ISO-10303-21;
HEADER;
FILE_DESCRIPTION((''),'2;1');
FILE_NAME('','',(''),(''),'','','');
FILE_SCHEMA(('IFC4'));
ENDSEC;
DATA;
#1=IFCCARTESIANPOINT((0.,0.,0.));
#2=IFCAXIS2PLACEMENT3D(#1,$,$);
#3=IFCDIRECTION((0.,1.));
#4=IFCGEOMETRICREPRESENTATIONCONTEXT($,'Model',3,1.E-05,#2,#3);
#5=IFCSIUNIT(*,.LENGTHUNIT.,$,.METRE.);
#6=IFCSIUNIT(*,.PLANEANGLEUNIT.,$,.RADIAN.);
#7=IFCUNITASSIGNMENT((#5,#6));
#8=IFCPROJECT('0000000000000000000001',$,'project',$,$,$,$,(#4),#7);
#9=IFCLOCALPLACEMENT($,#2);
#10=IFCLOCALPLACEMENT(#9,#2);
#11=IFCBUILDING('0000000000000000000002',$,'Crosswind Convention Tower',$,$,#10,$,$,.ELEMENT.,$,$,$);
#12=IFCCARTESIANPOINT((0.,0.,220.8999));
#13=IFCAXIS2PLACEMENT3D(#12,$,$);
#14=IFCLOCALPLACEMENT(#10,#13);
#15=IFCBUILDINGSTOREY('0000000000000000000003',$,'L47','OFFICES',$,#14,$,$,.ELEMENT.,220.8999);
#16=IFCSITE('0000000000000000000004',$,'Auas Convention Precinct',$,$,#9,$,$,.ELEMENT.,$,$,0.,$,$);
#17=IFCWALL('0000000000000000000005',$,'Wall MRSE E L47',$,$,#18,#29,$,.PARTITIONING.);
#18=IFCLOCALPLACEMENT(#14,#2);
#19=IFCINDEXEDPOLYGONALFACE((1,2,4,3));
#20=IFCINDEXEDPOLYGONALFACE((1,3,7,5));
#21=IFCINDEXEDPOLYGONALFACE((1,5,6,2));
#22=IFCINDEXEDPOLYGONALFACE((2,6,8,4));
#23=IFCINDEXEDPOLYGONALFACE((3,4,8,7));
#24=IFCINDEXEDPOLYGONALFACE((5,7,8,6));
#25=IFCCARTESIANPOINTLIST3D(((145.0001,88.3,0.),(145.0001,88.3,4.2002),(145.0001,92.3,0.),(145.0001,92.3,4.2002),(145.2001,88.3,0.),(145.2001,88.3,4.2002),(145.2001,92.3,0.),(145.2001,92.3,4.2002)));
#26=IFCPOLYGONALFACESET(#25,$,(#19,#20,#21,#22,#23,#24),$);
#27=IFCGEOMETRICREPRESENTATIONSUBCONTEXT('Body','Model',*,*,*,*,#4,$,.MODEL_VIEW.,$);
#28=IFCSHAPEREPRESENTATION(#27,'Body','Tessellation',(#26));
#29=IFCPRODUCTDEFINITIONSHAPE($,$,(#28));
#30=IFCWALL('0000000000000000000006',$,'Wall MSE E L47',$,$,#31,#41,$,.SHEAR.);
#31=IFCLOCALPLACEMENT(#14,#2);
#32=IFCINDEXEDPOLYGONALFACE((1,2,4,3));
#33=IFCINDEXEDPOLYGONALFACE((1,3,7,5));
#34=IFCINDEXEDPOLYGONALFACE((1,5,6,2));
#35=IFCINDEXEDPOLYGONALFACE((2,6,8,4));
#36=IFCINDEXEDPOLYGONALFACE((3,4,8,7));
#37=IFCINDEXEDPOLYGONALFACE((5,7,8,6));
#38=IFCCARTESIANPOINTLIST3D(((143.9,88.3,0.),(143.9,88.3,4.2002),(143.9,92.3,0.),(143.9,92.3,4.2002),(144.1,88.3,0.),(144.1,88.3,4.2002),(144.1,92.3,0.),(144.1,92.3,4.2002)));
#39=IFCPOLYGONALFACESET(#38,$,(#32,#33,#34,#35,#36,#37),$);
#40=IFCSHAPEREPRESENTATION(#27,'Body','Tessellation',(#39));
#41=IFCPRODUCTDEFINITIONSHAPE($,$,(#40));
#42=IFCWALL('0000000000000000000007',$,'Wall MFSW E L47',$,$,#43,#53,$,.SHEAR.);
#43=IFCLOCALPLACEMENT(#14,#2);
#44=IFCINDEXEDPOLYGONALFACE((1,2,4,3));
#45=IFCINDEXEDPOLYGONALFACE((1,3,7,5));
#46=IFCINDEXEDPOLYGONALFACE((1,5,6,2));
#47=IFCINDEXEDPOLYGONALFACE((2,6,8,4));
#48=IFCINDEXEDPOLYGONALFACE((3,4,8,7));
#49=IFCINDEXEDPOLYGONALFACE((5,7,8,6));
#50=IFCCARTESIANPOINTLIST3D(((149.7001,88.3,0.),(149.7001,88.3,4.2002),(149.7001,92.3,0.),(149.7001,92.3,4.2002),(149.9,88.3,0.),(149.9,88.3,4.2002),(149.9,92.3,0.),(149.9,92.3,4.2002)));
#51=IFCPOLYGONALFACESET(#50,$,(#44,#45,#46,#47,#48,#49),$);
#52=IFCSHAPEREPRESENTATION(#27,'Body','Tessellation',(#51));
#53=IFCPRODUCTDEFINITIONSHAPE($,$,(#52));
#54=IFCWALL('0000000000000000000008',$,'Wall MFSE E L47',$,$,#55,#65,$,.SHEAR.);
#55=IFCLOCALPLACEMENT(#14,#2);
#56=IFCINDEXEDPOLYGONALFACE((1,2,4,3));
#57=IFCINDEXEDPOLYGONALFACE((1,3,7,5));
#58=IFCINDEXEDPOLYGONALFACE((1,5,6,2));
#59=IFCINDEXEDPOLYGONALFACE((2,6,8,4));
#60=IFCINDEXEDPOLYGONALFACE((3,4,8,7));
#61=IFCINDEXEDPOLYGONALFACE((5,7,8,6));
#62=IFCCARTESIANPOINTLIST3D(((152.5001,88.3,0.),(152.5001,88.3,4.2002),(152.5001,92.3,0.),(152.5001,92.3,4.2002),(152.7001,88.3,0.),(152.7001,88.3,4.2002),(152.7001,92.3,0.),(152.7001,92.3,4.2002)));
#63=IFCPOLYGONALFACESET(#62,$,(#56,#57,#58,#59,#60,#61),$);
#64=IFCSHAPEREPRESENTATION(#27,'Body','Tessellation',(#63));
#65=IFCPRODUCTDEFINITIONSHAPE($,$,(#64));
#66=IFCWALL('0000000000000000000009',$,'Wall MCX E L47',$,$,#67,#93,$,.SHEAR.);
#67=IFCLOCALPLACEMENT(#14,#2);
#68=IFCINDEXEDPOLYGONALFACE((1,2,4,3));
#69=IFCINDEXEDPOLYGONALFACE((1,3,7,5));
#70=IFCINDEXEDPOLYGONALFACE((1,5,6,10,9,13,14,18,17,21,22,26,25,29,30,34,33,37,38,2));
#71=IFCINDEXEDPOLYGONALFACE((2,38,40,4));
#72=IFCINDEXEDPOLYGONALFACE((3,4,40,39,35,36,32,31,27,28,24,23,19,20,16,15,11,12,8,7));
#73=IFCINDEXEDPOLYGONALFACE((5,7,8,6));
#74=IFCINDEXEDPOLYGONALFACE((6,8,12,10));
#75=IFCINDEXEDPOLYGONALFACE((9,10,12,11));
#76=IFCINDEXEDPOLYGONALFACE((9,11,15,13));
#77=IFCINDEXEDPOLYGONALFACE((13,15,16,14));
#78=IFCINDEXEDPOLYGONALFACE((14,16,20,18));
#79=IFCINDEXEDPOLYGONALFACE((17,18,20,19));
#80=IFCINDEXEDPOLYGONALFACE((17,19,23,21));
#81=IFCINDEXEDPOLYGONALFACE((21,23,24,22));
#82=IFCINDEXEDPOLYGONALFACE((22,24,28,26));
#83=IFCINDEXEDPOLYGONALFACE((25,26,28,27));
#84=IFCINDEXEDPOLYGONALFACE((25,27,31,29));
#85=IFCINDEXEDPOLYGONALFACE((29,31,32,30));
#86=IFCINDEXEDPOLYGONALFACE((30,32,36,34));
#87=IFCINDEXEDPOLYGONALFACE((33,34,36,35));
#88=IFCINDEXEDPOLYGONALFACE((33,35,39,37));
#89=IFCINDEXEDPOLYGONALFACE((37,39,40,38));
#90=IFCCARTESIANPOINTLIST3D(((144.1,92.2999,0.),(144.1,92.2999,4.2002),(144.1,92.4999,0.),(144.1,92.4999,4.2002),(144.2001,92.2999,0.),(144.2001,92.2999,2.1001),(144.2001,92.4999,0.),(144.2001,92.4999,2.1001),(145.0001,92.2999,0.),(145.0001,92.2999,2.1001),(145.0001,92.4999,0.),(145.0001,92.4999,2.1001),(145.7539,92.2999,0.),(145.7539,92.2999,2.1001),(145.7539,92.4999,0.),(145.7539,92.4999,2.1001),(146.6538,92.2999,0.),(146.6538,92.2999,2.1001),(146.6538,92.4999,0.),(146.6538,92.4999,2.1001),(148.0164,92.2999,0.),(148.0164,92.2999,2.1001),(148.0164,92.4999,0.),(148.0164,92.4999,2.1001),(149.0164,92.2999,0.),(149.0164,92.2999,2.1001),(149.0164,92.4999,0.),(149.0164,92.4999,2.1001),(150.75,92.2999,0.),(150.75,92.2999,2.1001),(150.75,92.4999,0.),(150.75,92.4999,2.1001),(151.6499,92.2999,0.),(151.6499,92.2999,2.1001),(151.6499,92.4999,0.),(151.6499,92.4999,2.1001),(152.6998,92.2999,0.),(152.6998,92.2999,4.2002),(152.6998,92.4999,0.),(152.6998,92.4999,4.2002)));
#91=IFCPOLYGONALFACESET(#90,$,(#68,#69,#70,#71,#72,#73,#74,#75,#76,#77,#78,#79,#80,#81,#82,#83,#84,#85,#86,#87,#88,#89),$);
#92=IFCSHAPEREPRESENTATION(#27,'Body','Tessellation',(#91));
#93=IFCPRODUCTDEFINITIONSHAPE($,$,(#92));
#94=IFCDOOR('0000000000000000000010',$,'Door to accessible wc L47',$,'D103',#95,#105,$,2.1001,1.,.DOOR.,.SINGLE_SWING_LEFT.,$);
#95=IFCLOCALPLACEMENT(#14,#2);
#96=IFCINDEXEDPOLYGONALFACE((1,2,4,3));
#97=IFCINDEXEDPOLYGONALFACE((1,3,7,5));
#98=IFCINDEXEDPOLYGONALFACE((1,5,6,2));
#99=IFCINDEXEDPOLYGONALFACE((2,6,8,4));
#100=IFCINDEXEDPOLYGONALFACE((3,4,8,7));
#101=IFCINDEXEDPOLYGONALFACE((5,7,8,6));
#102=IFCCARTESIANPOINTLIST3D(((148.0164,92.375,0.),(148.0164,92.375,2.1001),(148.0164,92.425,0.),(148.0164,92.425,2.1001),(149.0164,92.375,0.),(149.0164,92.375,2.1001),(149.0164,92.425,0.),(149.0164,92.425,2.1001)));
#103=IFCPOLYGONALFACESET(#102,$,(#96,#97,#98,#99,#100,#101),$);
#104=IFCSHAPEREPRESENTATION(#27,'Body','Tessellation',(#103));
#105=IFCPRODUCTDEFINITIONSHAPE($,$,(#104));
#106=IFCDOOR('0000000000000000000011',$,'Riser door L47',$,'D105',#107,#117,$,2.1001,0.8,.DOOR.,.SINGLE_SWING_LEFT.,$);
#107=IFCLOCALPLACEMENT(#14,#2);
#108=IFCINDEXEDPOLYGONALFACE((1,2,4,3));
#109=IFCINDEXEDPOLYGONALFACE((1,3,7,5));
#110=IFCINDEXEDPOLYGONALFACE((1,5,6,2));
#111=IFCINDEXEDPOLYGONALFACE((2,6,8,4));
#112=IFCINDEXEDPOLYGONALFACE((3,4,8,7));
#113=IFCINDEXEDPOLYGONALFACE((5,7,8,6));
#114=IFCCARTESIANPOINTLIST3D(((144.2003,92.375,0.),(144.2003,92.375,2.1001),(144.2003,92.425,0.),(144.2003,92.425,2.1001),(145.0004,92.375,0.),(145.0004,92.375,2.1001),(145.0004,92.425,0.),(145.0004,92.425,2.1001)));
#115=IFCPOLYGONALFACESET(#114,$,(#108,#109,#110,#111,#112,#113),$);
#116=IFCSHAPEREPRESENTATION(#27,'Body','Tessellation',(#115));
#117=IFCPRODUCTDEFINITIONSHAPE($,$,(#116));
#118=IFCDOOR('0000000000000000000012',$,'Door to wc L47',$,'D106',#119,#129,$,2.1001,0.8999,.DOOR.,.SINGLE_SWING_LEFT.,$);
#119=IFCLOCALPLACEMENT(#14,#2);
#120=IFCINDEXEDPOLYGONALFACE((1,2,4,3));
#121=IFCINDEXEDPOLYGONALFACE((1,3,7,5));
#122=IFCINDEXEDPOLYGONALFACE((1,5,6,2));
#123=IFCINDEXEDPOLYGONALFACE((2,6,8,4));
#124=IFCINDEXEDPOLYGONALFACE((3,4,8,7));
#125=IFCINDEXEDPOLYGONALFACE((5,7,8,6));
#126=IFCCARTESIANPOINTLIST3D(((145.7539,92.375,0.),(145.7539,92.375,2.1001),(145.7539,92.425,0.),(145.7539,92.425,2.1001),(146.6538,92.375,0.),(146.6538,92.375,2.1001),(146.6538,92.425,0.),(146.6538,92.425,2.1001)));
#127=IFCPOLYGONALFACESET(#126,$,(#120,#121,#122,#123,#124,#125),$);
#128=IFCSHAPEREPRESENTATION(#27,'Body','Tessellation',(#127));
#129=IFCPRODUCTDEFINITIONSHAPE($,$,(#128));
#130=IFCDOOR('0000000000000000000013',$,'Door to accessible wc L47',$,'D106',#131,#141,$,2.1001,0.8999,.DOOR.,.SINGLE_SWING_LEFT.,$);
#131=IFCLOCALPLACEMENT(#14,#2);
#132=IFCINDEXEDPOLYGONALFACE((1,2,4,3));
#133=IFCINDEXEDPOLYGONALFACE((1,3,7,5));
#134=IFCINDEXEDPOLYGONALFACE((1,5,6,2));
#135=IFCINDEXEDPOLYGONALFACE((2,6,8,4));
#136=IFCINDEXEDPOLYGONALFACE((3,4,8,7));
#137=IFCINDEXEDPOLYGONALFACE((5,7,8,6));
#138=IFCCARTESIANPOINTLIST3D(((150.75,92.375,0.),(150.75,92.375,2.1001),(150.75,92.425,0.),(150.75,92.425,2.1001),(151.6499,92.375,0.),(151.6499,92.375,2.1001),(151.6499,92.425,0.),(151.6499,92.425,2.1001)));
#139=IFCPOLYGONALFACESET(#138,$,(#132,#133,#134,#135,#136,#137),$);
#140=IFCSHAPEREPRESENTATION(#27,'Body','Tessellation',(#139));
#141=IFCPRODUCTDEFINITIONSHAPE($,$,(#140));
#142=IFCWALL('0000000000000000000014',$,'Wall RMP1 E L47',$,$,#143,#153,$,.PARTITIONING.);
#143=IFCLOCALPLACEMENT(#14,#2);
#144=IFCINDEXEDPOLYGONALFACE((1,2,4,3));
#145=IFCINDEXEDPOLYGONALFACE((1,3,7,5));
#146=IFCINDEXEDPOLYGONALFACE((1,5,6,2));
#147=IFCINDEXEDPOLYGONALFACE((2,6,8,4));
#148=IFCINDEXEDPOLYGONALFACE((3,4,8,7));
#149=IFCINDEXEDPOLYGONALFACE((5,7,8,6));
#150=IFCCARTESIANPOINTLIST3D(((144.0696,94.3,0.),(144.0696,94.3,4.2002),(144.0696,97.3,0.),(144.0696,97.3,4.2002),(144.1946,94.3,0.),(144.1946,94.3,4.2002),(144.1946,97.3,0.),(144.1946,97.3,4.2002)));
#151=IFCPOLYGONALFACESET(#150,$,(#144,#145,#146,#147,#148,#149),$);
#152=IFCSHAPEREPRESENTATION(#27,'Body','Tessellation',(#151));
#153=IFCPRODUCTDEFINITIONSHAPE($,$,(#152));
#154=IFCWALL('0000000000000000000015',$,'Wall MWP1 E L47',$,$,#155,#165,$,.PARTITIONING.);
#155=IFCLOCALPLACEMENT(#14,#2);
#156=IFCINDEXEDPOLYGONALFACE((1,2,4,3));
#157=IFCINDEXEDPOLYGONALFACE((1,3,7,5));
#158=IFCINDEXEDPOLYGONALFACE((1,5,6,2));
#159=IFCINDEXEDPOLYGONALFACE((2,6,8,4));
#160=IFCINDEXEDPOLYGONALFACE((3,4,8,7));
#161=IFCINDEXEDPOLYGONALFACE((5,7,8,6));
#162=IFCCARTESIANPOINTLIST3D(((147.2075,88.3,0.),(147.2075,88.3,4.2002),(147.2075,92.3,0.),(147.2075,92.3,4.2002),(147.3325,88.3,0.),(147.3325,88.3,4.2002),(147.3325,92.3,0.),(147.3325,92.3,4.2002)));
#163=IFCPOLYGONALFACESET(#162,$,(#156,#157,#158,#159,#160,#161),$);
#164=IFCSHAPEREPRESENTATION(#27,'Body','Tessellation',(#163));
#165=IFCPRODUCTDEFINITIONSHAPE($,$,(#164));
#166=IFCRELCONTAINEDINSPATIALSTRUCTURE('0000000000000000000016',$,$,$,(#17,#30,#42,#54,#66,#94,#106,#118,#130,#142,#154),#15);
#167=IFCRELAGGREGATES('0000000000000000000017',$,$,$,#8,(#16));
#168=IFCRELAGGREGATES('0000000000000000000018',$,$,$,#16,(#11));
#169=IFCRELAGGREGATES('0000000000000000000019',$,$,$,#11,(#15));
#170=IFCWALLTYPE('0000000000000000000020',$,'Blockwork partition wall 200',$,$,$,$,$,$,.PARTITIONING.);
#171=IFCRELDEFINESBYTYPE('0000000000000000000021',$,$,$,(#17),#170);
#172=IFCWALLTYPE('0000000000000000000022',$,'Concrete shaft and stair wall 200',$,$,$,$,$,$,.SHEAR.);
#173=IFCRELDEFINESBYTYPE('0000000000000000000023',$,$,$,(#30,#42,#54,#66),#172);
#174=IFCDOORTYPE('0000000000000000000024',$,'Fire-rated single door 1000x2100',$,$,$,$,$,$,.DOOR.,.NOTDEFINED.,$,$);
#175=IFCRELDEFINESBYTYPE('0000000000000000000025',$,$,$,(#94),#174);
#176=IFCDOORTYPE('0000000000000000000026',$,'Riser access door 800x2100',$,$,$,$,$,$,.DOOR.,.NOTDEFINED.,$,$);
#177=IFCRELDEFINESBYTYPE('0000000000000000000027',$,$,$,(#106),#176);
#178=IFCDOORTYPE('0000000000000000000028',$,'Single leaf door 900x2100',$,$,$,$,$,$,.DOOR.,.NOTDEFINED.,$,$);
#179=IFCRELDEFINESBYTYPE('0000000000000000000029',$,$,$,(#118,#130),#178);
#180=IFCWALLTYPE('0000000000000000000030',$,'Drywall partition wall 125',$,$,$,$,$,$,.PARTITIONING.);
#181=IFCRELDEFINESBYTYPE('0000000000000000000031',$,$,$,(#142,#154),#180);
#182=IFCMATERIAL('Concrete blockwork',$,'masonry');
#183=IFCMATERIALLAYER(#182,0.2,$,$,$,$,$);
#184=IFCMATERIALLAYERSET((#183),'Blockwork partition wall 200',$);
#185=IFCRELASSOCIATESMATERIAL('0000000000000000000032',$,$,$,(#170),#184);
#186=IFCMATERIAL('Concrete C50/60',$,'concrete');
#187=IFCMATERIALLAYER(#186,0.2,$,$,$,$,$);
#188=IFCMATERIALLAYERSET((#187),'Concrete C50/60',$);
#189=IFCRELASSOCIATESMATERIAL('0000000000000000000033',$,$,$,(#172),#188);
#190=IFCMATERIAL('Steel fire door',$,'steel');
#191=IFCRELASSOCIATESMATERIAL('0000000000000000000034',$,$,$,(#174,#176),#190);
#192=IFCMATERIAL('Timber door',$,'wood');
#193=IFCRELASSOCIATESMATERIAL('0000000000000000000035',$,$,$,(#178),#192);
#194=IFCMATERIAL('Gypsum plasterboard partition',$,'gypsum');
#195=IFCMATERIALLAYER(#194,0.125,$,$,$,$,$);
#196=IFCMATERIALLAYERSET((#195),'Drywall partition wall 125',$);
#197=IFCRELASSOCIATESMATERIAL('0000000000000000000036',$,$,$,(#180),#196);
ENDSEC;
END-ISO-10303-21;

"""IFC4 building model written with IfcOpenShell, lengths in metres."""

from ifc_helpers import new_model, si_unit, direction, frame, frame_2d, origin, place, context, subcontext, project, spatial, rectangle, extrude, material, layer, layer_set, type_object, element, fill, save


model = new_model("IFC4")

# Units and contexts
model_context = context("Model", 3, precision=1e-05, world=origin(), true_north=direction((0.0, 1.0)))
body_context = subcontext(model_context, "Body", "Model", "MODEL_VIEW")
ifc_project = project(units=[si_unit("LENGTHUNIT", "METRE"), si_unit("PLANEANGLEUNIT", "RADIAN")], contexts=[model_context])

# Site, building, storey
site_placement = place(None, origin())
site = spatial("IfcSite", under=ifc_project, at=site_placement, Name="Auas Convention Precinct", CompositionType="ELEMENT", RefElevation=0.0)
building_placement = place(site_placement, origin())
building = spatial("IfcBuilding", under=site, at=building_placement, Name="Crosswind Convention Tower", CompositionType="ELEMENT")
storey_placement = place(building_placement, frame((0.0, 0.0, 220.8999)))
storey = spatial("IfcBuildingStorey", under=building, at=storey_placement, Name="L47", Description="OFFICES", CompositionType="ELEMENT", Elevation=220.8999)

# Walls
ifc_material_1 = material(Name="Concrete blockwork", Category="masonry")
ifc_layer_1 = layer(ifc_material_1, 0.2)
ifc_layer_set_1 = layer_set([ifc_layer_1], Name="Blockwork partition wall 200")
wall_type_1 = type_object("IfcWallType", Name="Blockwork partition wall 200", PredefinedType="PARTITIONING", material=ifc_layer_set_1)
wall_1_placement = place(storey_placement, frame((145.1001, 88.3, 0.0), z_axis=(0.0, 0.0, 1.0), x_axis=(0.0, 1.0, 0.0)))
element("IfcWall", 1, at=wall_1_placement, inside=storey, type_object=wall_type_1, Name="Wall MRSE E L47", PredefinedType="PARTITIONING", context=body_context, shape_type="SweptSolid", body=[
    extrude(rectangle(XDim=4.0, YDim=0.2, at=frame_2d((2.0, 0.0))), origin(), (0.0, 0.0, 1.0), 4.2002),
])
ifc_material_2 = material(Name="Concrete C50/60", Category="concrete")
ifc_layer_2 = layer(ifc_material_2, 0.2)
ifc_layer_set_2 = layer_set([ifc_layer_2], Name="Concrete C50/60")
wall_type_2 = type_object("IfcWallType", Name="Concrete shaft and stair wall 200", PredefinedType="SHEAR", material=ifc_layer_set_2)
for number, where, z_axis, x_axis, name in (
    (2, (144.0, 88.3, 0.0), (0.0, 0.0, 1.0), (0.0, 1.0, 0.0), "Wall MSE E L47"),
    (3, (149.8, 88.3, 0.0), (0.0, 0.0, 1.0), (0.0, 1.0, 0.0), "Wall MFSW E L47"),
    (4, (152.6001, 88.3, 0.0), (0.0, 0.0, 1.0), (0.0, 1.0, 0.0), "Wall MFSE E L47"),
):
    element("IfcWall", number, at=place(storey_placement, frame(where, z_axis=z_axis, x_axis=x_axis)), inside=storey, type_object=wall_type_2, Name=name, PredefinedType="SHEAR", context=body_context, shape_type="SweptSolid", body=[
        extrude(rectangle(XDim=4.0, YDim=0.2, at=frame_2d((2.0, 0.0))), origin(), (0.0, 0.0, 1.0), 4.2002),
    ])

# Wall, openings, doors
wall_2_placement = place(storey_placement, frame((144.1001, 92.3999, 0.0), z_axis=(0.0, 0.0, 1.0), x_axis=(1.0, 0.0, 0.0)))
wall_2 = element("IfcWall", 5, at=wall_2_placement, inside=storey, type_object=wall_type_2, Name="Wall MCX E L47", PredefinedType="SHEAR", context=body_context, shape_type="SweptSolid", body=[
    extrude(rectangle(XDim=8.5999, YDim=0.2, at=frame_2d((4.2998, 0.0))), origin(), (0.0, 0.0, 1.0), 4.2002),
])
opening_1_placement = place(wall_2_placement, frame((0.1001, 0.0, 0.0)))
opening_1 = element("IfcOpeningElement", 6, at=opening_1_placement, cuts=wall_2, PredefinedType="OPENING", context=body_context, shape_type="SweptSolid", body=[
    extrude(rectangle(XDim=0.8, YDim=2.1001, at=frame_2d((0.3999, 1.05))), frame((0.0, 0.1099, 0.0), z_axis=(0.0, -1.0, 0.0), x_axis=(1.0, 0.0, 0.0)), (0.0, 0.0, 1.0), 0.22),
])
opening_2_placement = place(wall_2_placement, frame((1.6538, 0.0, 0.0)))
opening_2 = element("IfcOpeningElement", 7, at=opening_2_placement, cuts=wall_2, PredefinedType="OPENING", context=body_context, shape_type="SweptSolid", body=[
    extrude(rectangle(XDim=0.8999, YDim=2.1001, at=frame_2d((0.45, 1.05))), frame((0.0, 0.1099, 0.0), z_axis=(0.0, -1.0, 0.0), x_axis=(1.0, 0.0, 0.0)), (0.0, 0.0, 1.0), 0.22),
])
opening_3_placement = place(wall_2_placement, frame((3.9163, 0.0, 0.0)))
opening_3 = element("IfcOpeningElement", 8, at=opening_3_placement, cuts=wall_2, PredefinedType="OPENING", context=body_context, shape_type="SweptSolid", body=[
    extrude(rectangle(XDim=1.0, YDim=2.1001, at=frame_2d((0.5, 1.05))), frame((0.0, 0.1099, 0.0), z_axis=(0.0, -1.0, 0.0), x_axis=(1.0, 0.0, 0.0)), (0.0, 0.0, 1.0), 0.22),
])
opening_4_placement = place(wall_2_placement, frame((6.6499, 0.0, 0.0)))
opening_4 = element("IfcOpeningElement", 9, at=opening_4_placement, cuts=wall_2, PredefinedType="OPENING", context=body_context, shape_type="SweptSolid", body=[
    extrude(rectangle(XDim=0.8999, YDim=2.1001, at=frame_2d((0.45, 1.05))), frame((0.0, 0.1099, 0.0), z_axis=(0.0, -1.0, 0.0), x_axis=(1.0, 0.0, 0.0)), (0.0, 0.0, 1.0), 0.22),
])
ifc_material_3 = material(Name="Steel fire door", Category="steel")
door_type_1 = type_object("IfcDoorType", Name="Fire-rated single door 1000x2100", OperationType="NOTDEFINED", PredefinedType="DOOR", material=ifc_material_3)
door_1_placement = place(opening_3_placement, frame((1.0, 0.0, 0.0), z_axis=(0.0, 0.0, 1.0), x_axis=(-1.0, 0.0, 0.0)))
door_1 = element("IfcDoor", 10, at=door_1_placement, inside=storey, type_object=door_type_1, Name="Door to accessible wc L47", ObjectType="D103", OperationType="SINGLE_SWING_LEFT", OverallHeight=2.1001, OverallWidth=1.0, PredefinedType="DOOR", context=body_context, shape_type="SweptSolid", body=[
    extrude(rectangle(XDim=1.0, YDim=2.1001, at=frame_2d((0.5, 1.05))), frame((0.0, 0.0249, 0.0), z_axis=(0.0, -1.0, 0.0), x_axis=(1.0, 0.0, 0.0)), (0.0, 0.0, 1.0), 0.05),
])
fill(opening_3, door_1)
door_type_2 = type_object("IfcDoorType", Name="Riser access door 800x2100", OperationType="NOTDEFINED", PredefinedType="DOOR", material=ifc_material_3)
door_2_placement = place(opening_1_placement, frame((0.8, 0.0, 0.0), z_axis=(0.0, 0.0, 1.0), x_axis=(-1.0, 0.0, 0.0)))
door_2 = element("IfcDoor", 11, at=door_2_placement, inside=storey, type_object=door_type_2, Name="Riser door L47", ObjectType="D105", OperationType="SINGLE_SWING_LEFT", OverallHeight=2.1001, OverallWidth=0.8, PredefinedType="DOOR", context=body_context, shape_type="SweptSolid", body=[
    extrude(rectangle(XDim=0.8, YDim=2.1001, at=frame_2d((0.3999, 1.05))), frame((0.0, 0.0249, 0.0), z_axis=(0.0, -1.0, 0.0), x_axis=(1.0, 0.0, 0.0)), (0.0, 0.0, 1.0), 0.05),
])
fill(opening_1, door_2)
ifc_material_4 = material(Name="Timber door", Category="wood")
door_type_3 = type_object("IfcDoorType", Name="Single leaf door 900x2100", OperationType="NOTDEFINED", PredefinedType="DOOR", material=ifc_material_4)
door_3_placement = place(opening_2_placement, frame((0.8999, 0.0, 0.0), z_axis=(0.0, 0.0, 1.0), x_axis=(-1.0, 0.0, 0.0)))
door_3 = element("IfcDoor", 12, at=door_3_placement, inside=storey, type_object=door_type_3, Name="Door to wc L47", ObjectType="D106", OperationType="SINGLE_SWING_LEFT", OverallHeight=2.1001, OverallWidth=0.8999, PredefinedType="DOOR", context=body_context, shape_type="SweptSolid", body=[
    extrude(rectangle(XDim=0.8999, YDim=2.1001, at=frame_2d((0.45, 1.05))), frame((0.0, 0.0249, 0.0), z_axis=(0.0, -1.0, 0.0), x_axis=(1.0, 0.0, 0.0)), (0.0, 0.0, 1.0), 0.05),
])
fill(opening_2, door_3)
door_4_placement = place(opening_4_placement, frame((0.8999, 0.0, 0.0), z_axis=(0.0, 0.0, 1.0), x_axis=(-1.0, 0.0, 0.0)))
door_4 = element("IfcDoor", 13, at=door_4_placement, inside=storey, type_object=door_type_3, Name="Door to accessible wc L47", ObjectType="D106", OperationType="SINGLE_SWING_LEFT", OverallHeight=2.1001, OverallWidth=0.8999, PredefinedType="DOOR", context=body_context, shape_type="SweptSolid", body=[
    extrude(rectangle(XDim=0.8999, YDim=2.1001, at=frame_2d((0.45, 1.05))), frame((0.0, 0.0249, 0.0), z_axis=(0.0, -1.0, 0.0), x_axis=(1.0, 0.0, 0.0)), (0.0, 0.0, 1.0), 0.05),
])
fill(opening_4, door_4)

# Walls
ifc_material_5 = material(Name="Gypsum plasterboard partition", Category="gypsum")
ifc_layer_3 = layer(ifc_material_5, 0.125)
ifc_layer_set_3 = layer_set([ifc_layer_3], Name="Drywall partition wall 125")
wall_type_3 = type_object("IfcWallType", Name="Drywall partition wall 125", PredefinedType="PARTITIONING", material=ifc_layer_set_3)
wall_3_placement = place(storey_placement, frame((144.1321, 94.3, 0.0), z_axis=(0.0, 0.0, 1.0), x_axis=(0.0, 1.0, 0.0)))
element("IfcWall", 14, at=wall_3_placement, inside=storey, type_object=wall_type_3, Name="Wall RMP1 E L47", PredefinedType="PARTITIONING", context=body_context, shape_type="SweptSolid", body=[
    extrude(rectangle(XDim=3.0, YDim=0.125, at=frame_2d((1.5, 0.0))), origin(), (0.0, 0.0, 1.0), 4.2002),
])
wall_4_placement = place(storey_placement, frame((147.27, 88.3, 0.0), z_axis=(0.0, 0.0, 1.0), x_axis=(0.0, 1.0, 0.0)))
element("IfcWall", 15, at=wall_4_placement, inside=storey, type_object=wall_type_3, Name="Wall MWP1 E L47", PredefinedType="PARTITIONING", context=body_context, shape_type="SweptSolid", body=[
    extrude(rectangle(XDim=4.0, YDim=0.125, at=frame_2d((2.0, 0.0))), origin(), (0.0, 0.0, 1.0), 4.2002),
])

save(model, "model.ifc")
